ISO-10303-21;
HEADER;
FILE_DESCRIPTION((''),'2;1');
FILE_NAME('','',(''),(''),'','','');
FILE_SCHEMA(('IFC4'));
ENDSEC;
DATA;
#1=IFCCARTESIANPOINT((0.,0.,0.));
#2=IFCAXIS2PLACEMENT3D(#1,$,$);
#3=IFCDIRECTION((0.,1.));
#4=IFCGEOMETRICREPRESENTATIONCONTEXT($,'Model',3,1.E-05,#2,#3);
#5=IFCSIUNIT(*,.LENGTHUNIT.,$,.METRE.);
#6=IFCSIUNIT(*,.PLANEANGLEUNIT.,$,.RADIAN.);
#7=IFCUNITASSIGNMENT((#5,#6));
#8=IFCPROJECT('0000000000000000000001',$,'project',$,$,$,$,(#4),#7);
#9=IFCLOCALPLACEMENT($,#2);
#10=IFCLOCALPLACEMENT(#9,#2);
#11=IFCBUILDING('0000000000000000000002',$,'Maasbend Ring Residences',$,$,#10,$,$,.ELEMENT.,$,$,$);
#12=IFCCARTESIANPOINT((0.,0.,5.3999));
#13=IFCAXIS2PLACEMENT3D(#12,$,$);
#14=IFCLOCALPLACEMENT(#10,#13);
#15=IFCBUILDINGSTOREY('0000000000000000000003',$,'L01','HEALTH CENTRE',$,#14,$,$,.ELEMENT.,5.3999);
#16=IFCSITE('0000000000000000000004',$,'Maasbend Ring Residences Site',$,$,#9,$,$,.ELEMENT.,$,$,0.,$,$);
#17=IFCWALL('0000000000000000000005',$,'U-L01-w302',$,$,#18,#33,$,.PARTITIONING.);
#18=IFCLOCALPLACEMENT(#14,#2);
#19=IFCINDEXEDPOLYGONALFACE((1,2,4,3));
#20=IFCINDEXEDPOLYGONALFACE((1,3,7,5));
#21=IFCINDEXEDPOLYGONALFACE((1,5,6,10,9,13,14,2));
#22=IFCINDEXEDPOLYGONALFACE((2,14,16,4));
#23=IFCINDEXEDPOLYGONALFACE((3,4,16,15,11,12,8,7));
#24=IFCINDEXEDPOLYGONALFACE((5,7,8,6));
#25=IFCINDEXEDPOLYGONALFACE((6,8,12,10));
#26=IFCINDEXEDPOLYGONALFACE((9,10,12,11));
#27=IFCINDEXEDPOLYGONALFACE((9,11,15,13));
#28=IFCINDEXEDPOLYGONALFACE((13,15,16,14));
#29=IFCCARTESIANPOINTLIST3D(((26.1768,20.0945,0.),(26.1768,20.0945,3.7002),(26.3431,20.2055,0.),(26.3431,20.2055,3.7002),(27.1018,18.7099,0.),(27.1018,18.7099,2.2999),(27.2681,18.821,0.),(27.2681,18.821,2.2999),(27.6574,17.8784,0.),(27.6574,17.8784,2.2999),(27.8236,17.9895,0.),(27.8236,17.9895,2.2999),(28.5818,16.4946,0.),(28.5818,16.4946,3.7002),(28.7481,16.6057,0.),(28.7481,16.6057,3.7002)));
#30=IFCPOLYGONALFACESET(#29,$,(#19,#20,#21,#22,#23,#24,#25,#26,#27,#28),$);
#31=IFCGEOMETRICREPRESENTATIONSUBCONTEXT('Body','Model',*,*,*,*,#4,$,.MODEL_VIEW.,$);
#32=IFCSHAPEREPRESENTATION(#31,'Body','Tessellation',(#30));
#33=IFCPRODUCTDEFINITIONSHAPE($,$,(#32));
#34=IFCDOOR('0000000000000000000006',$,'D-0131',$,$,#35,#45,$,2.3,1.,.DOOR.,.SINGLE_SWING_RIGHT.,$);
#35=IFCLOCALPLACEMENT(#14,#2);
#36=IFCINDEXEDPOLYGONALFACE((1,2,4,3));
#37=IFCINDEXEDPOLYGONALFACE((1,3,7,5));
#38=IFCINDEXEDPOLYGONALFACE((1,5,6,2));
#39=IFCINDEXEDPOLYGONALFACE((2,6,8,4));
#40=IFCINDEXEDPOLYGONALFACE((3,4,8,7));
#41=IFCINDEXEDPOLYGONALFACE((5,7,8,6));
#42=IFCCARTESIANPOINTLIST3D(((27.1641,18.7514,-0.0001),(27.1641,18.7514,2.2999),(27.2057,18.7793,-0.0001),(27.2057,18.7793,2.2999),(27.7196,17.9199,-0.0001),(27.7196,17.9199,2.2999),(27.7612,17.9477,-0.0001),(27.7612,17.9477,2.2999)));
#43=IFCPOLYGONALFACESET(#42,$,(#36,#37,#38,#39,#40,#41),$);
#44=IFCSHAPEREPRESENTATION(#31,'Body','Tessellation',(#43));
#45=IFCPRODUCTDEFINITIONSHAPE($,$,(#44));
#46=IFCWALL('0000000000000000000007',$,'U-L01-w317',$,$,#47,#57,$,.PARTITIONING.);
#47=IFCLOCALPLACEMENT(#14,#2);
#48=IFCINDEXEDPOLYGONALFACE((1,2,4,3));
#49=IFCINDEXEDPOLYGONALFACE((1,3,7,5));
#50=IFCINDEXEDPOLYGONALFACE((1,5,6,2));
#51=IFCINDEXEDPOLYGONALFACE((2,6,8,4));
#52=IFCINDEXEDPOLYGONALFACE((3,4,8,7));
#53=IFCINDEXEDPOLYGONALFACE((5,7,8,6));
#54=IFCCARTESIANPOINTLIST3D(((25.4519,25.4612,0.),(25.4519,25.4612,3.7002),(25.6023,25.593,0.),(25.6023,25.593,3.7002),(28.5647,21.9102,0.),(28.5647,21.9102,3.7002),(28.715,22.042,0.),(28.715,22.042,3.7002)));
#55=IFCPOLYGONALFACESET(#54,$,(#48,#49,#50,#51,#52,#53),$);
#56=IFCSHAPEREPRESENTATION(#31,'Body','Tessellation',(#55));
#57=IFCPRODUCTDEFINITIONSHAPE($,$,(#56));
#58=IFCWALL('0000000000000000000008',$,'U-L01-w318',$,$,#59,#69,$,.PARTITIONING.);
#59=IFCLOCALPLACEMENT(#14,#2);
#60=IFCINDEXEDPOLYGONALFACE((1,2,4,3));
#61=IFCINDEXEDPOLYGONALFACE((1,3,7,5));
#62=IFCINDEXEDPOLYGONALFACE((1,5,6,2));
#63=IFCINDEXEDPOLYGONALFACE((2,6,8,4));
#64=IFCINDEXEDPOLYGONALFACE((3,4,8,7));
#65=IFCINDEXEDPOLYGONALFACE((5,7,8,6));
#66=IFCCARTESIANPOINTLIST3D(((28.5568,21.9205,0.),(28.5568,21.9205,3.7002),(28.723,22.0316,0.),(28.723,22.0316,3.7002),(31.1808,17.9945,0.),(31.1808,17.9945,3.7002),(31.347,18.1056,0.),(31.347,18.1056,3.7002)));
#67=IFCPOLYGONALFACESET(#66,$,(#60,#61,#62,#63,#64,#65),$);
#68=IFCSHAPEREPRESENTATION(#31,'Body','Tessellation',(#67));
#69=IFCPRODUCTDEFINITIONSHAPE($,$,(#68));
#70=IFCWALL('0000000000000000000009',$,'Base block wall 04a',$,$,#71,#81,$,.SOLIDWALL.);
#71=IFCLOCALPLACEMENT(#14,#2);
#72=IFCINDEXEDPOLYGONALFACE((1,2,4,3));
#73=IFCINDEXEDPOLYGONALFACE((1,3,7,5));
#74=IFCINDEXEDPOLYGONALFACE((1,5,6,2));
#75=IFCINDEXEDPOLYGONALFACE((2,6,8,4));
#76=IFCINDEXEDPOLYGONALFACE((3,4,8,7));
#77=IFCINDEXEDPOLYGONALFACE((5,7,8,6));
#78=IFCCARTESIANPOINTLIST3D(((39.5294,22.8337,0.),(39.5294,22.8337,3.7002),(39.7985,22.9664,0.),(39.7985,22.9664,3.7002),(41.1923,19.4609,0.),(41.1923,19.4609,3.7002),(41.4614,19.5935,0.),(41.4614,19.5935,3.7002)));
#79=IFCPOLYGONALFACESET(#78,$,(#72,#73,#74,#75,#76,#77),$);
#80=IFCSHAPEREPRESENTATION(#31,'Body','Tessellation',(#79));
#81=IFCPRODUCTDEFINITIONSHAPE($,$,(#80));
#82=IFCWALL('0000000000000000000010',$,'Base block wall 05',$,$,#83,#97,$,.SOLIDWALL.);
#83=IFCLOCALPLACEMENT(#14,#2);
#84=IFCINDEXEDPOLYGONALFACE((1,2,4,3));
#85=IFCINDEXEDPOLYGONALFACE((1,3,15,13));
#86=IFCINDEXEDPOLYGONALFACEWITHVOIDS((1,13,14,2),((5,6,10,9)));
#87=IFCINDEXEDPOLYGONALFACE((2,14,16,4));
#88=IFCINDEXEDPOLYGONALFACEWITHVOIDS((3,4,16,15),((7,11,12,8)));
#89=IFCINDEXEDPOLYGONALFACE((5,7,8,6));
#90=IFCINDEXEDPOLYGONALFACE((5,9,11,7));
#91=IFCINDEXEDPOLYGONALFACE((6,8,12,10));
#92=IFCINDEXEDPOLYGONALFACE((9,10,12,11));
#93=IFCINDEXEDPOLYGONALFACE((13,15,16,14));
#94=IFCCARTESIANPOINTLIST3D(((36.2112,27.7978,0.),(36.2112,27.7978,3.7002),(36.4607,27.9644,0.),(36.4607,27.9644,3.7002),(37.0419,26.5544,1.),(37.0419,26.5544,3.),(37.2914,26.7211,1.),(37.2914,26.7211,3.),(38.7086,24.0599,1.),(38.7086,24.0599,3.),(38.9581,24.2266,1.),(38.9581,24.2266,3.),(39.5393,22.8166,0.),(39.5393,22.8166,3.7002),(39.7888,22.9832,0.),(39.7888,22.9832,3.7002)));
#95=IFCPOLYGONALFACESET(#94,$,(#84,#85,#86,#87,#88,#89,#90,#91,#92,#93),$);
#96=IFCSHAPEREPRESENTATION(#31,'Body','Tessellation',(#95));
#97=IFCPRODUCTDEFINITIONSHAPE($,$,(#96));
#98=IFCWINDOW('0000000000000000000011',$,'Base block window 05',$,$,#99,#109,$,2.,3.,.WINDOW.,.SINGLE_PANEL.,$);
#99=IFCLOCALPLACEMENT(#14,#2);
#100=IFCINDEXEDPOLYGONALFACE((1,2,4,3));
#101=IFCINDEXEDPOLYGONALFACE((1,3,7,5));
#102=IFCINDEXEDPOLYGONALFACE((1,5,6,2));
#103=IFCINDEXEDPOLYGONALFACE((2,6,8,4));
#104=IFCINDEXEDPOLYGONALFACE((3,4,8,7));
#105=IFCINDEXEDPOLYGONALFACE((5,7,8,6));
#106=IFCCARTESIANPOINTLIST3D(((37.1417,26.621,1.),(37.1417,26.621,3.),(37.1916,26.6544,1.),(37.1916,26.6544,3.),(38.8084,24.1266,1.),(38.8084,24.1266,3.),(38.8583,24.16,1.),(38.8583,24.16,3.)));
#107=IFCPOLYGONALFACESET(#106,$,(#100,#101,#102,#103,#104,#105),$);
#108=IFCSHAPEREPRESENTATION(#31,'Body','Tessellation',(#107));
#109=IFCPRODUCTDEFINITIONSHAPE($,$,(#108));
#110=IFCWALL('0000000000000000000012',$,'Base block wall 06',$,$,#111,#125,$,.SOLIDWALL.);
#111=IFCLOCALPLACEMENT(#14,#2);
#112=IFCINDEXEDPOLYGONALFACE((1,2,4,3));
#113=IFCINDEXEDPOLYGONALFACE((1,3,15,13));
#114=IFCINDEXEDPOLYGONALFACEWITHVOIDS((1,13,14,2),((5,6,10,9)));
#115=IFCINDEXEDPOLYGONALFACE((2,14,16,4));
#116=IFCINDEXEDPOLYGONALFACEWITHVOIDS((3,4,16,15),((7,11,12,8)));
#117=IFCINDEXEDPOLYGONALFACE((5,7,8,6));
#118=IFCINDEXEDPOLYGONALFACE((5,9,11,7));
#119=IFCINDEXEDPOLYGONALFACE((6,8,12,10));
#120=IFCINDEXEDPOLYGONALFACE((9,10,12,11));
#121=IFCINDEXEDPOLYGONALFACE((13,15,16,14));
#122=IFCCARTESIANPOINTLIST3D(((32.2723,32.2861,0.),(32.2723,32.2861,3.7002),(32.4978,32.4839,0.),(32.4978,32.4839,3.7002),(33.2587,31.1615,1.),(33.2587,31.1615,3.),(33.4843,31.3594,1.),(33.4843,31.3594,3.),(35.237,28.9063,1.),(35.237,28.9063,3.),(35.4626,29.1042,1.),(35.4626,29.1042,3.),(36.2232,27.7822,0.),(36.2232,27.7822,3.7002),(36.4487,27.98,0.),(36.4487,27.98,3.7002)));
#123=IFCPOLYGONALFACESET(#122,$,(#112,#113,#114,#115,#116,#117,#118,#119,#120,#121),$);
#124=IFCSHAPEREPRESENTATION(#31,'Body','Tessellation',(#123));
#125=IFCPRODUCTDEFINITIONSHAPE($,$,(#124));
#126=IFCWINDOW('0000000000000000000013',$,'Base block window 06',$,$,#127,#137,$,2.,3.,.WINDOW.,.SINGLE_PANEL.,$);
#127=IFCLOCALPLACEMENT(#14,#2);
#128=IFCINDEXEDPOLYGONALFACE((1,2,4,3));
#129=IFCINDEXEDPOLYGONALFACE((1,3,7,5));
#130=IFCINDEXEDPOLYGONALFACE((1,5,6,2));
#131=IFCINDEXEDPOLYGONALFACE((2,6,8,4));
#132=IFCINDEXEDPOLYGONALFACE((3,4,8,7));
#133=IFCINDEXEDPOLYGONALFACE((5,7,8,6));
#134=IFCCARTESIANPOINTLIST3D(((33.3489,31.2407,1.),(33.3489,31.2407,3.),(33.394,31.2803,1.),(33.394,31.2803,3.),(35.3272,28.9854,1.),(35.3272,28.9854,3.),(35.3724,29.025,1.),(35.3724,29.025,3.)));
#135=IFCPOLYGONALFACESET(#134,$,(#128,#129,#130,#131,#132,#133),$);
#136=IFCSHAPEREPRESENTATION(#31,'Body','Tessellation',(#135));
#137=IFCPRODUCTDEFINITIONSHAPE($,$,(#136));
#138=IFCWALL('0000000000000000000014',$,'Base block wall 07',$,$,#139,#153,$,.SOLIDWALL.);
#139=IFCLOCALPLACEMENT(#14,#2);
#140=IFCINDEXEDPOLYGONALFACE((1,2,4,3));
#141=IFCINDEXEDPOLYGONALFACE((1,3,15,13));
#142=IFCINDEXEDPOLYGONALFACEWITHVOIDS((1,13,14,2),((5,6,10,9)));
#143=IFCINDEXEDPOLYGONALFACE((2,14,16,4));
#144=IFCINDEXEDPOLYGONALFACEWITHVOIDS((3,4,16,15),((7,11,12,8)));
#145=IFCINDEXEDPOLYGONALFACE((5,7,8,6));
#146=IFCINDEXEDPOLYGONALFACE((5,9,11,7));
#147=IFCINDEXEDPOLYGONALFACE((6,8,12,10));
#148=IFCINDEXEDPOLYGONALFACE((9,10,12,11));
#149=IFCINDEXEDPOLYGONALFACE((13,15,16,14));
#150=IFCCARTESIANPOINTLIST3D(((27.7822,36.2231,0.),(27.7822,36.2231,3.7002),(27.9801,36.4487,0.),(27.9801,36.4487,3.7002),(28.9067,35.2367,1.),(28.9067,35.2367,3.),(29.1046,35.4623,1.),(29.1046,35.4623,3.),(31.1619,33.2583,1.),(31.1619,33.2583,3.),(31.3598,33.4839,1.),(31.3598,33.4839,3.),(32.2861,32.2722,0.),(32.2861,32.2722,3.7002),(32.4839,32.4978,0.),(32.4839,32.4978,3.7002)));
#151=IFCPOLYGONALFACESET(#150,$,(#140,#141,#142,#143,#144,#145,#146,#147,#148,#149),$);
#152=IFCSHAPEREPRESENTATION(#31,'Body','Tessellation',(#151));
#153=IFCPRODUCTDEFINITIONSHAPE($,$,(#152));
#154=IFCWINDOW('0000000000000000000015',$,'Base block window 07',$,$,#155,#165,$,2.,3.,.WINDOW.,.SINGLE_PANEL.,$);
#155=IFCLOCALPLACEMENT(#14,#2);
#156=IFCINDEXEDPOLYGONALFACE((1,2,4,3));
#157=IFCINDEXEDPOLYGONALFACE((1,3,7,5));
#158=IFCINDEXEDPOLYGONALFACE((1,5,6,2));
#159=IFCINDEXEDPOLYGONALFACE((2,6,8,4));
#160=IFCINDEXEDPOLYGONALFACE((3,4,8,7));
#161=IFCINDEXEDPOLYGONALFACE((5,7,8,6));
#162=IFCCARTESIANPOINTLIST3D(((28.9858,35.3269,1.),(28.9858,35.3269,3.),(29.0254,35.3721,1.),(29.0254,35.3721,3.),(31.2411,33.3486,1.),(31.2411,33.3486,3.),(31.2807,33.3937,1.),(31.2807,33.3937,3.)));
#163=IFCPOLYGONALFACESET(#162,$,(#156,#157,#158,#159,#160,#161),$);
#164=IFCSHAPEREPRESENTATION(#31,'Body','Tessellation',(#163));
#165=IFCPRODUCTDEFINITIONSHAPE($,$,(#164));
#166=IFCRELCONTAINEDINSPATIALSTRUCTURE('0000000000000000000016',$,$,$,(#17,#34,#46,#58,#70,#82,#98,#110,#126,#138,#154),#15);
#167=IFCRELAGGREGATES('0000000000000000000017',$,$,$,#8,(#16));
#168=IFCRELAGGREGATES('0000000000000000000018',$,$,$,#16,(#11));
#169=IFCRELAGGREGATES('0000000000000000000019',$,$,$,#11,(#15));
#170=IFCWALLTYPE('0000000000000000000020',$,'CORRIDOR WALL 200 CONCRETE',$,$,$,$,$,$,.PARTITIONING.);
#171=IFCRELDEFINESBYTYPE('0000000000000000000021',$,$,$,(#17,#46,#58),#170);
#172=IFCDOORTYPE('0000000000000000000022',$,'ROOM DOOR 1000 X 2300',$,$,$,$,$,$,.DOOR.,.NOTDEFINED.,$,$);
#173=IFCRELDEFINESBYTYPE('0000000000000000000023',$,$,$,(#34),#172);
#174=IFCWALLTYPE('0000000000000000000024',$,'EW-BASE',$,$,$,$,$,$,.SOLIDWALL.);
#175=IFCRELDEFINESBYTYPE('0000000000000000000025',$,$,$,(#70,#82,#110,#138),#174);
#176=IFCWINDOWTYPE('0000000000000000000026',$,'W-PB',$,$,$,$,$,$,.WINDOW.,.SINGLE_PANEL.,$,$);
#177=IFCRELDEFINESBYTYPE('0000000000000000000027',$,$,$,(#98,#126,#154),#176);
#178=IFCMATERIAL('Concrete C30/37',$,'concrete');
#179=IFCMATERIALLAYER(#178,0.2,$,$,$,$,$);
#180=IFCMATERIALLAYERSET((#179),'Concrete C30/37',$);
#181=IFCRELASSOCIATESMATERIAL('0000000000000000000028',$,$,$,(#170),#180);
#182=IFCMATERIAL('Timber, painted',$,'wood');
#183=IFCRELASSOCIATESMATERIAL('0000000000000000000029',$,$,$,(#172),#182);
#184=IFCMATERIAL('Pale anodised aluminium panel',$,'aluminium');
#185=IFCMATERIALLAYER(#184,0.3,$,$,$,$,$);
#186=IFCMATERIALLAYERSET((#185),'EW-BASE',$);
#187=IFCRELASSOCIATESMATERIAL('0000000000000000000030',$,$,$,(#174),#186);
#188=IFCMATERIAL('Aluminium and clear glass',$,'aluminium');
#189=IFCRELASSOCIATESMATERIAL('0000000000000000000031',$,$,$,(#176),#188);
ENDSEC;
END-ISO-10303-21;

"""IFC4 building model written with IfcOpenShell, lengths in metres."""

from ifc_helpers import new_model, si_unit, direction, frame, frame_2d, origin, place, context, subcontext, project, spatial, rectangle, extrude, material, layer, layer_set, type_object, element, fill, save


model = new_model("IFC4")

# Units and contexts
model_context = context("Model", 3, precision=1e-05, world=origin(), true_north=direction((0.0, 1.0)))
body_context = subcontext(model_context, "Body", "Model", "MODEL_VIEW")
ifc_project = project(units=[si_unit("LENGTHUNIT", "METRE"), si_unit("PLANEANGLEUNIT", "RADIAN")], contexts=[model_context])

# Site, building, storey
site_placement = place(None, origin())
site = spatial("IfcSite", under=ifc_project, at=site_placement, Name="Maasbend Ring Residences Site", CompositionType="ELEMENT", RefElevation=0.0)
building_placement = place(site_placement, origin())
building = spatial("IfcBuilding", under=site, at=building_placement, Name="Maasbend Ring Residences", CompositionType="ELEMENT")
storey_placement = place(building_placement, frame((0.0, 0.0, 5.3999)))
storey = spatial("IfcBuildingStorey", under=building, at=storey_placement, Name="L01", Description="HEALTH CENTRE", CompositionType="ELEMENT", Elevation=5.3999)

# Shared definitions
ifc_material_1 = material(Name="Concrete C30/37", Category="concrete")
ifc_layer_1 = layer(ifc_material_1, 0.2)
ifc_layer_set_1 = layer_set([ifc_layer_1], Name="Concrete C30/37")
wall_type_1 = type_object("IfcWallType", Name="CORRIDOR WALL 200 CONCRETE", PredefinedType="PARTITIONING", material=ifc_layer_set_1)

# Wall, opening, door
ifc_material_2 = material(Name="Timber, painted", Category="wood")
door_type_1 = type_object("IfcDoorType", Name="ROOM DOOR 1000 X 2300", OperationType="NOTDEFINED", PredefinedType="DOOR", material=ifc_material_2)
wall_1_placement = place(storey_placement, frame((26.26, 20.1499, 0.0), z_axis=(0.0, 0.0, 1.0), x_axis=(0.55552, -0.831503, 0.0)))
wall_1 = element("IfcWall", 1, at=wall_1_placement, inside=storey, type_object=wall_type_1, Name="U-L01-w302", PredefinedType="PARTITIONING", context=body_context, shape_type="SweptSolid", body=[
    extrude(rectangle(XDim=4.3293, YDim=0.2, at=frame_2d((2.1646, 0.0))), origin(), (0.0, 0.0, 1.0), 3.7002),
])
opening_1_placement = place(wall_1_placement, frame((1.665, 0.0, 0.0)))
opening_1 = element("IfcOpeningElement", 2, at=opening_1_placement, cuts=wall_1, PredefinedType="OPENING", context=body_context, shape_type="SweptSolid", body=[
    extrude(rectangle(XDim=1.0, YDim=2.3, at=frame_2d((0.5, 1.1499))), frame((0.0, 0.1099, 0.0), z_axis=(0.0, -1.0, 0.0), x_axis=(1.0, 0.0, 0.0)), (0.0, 0.0, 1.0), 0.22),
])
door_1_placement = place(opening_1_placement, origin())
door_1 = element("IfcDoor", 3, at=door_1_placement, inside=storey, type_object=door_type_1, Name="D-0131", OperationType="SINGLE_SWING_RIGHT", OverallHeight=2.3, OverallWidth=1.0, PredefinedType="DOOR", context=body_context, shape_type="SweptSolid", body=[
    extrude(rectangle(XDim=1.0, YDim=2.3, at=frame_2d((0.5, 1.1499))), frame((0.0, 0.0249, 0.0), z_axis=(0.0, -1.0, 0.0), x_axis=(1.0, 0.0, 0.0)), (0.0, 0.0, 1.0), 0.05),
])
fill(opening_1, door_1)

# Walls
for number, where, z_axis, x_axis, name in (
    (4, (25.5271, 25.5271, 0.0), (0.0, 0.0, 1.0), (0.659181, -0.751984, 0.0), "U-L01-w317"),
    (5, (28.6399, 21.9761, 0.0), (0.0, 0.0, 1.0), (0.555678, -0.831397, 0.0), "U-L01-w318"),
):
    element("IfcWall", number, at=place(storey_placement, frame(where, z_axis=z_axis, x_axis=x_axis)), inside=storey, type_object=wall_type_1, Name=name, PredefinedType="PARTITIONING", context=body_context, shape_type="SweptSolid", body=[
        extrude(rectangle(XDim=4.7222, YDim=0.2, at=frame_2d((2.3611, 0.0))), origin(), (0.0, 0.0, 1.0), 3.7002),
    ])
ifc_material_3 = material(Name="Pale anodised aluminium panel", Category="aluminium")
ifc_layer_2 = layer(ifc_material_3, 0.3)
ifc_layer_set_2 = layer_set([ifc_layer_2], Name="EW-BASE")
wall_type_2 = type_object("IfcWallType", Name="EW-BASE", PredefinedType="SOLIDWALL", material=ifc_layer_set_2)
wall_2_placement = place(storey_placement, frame((41.3269, 19.5271, 0.0), z_axis=(0.0, 0.0, 1.0), x_axis=(-0.442194, 0.896919, 0.0)))
element("IfcWall", 6, at=wall_2_placement, inside=storey, type_object=wall_type_2, Name="Base block wall 04a", PredefinedType="SOLIDWALL", context=body_context, shape_type="SweptSolid", body=[
    extrude(rectangle(XDim=3.7605, YDim=0.3, at=frame_2d((1.8804, 0.0))), origin(), (0.0, 0.0, 1.0), 3.7002),
])

# Walls, openings, windows
wall_3_placement = place(storey_placement, frame((39.6641, 22.8999, 0.0), z_axis=(0.0, 0.0, 1.0), x_axis=(-0.555546, 0.831486, 0.0)))
wall_3 = element("IfcWall", 7, at=wall_3_placement, inside=storey, type_object=wall_type_2, Name="Base block wall 05", PredefinedType="SOLIDWALL", context=body_context, shape_type="SweptSolid", body=[
    extrude(rectangle(XDim=5.9907, YDim=0.3, at=frame_2d((2.9954, 0.0))), origin(), (0.0, 0.0, 1.0), 3.7002),
])
opening_2_placement = place(wall_3_placement, frame((1.4954, 0.0, 1.0)))
opening_2 = element("IfcOpeningElement", 8, at=opening_2_placement, cuts=wall_3, PredefinedType="OPENING", context=body_context, shape_type="SweptSolid", body=[
    extrude(rectangle(XDim=3.0, YDim=2.0, at=frame_2d((1.5, 1.0))), frame((0.0, 0.1602, 0.0), z_axis=(0.0, -1.0, 0.0), x_axis=(1.0, 0.0, 0.0)), (0.0, 0.0, 1.0), 0.3201),
])
ifc_material_4 = material(Name="Aluminium and clear glass", Category="aluminium")
window_type = type_object("IfcWindowType", Name="W-PB", PartitioningType="SINGLE_PANEL", PredefinedType="WINDOW", material=ifc_material_4)
window_1_placement = place(opening_2_placement, origin())
window_1 = element("IfcWindow", 9, at=window_1_placement, inside=storey, type_object=window_type, Name="Base block window 05", OverallHeight=2.0, OverallWidth=3.0, PartitioningType="SINGLE_PANEL", PredefinedType="WINDOW", context=body_context, shape_type="SweptSolid", body=[
    extrude(rectangle(XDim=3.0, YDim=2.0, at=frame_2d((1.5, 1.0))), frame((0.0, 0.03, 0.0), z_axis=(0.0, -1.0, 0.0), x_axis=(1.0, 0.0, 0.0)), (0.0, 0.0, 1.0), 0.0601),
])
fill(opening_2, window_1)
wall_4_placement = place(storey_placement, frame((36.3359, 27.8811, 0.0), z_axis=(0.0, 0.0, 1.0), x_axis=(-0.65945, 0.751748, 0.0)))
wall_4 = element("IfcWall", 10, at=wall_4_placement, inside=storey, type_object=wall_type_2, Name="Base block wall 06", PredefinedType="SOLIDWALL", context=body_context, shape_type="SweptSolid", body=[
    extrude(rectangle(XDim=5.9912, YDim=0.3, at=frame_2d((2.9956, 0.0))), origin(), (0.0, 0.0, 1.0), 3.7002),
])
opening_3_placement = place(wall_4_placement, frame((1.4954, 0.0, 1.0)))
opening_3 = element("IfcOpeningElement", 11, at=opening_3_placement, cuts=wall_4, PredefinedType="OPENING", context=body_context, shape_type="SweptSolid", body=[
    extrude(rectangle(XDim=3.0, YDim=2.0, at=frame_2d((1.5, 1.0))), frame((0.0, 0.1602, 0.0), z_axis=(0.0, -1.0, 0.0), x_axis=(1.0, 0.0, 0.0)), (0.0, 0.0, 1.0), 0.3201),
])
window_2_placement = place(opening_3_placement, origin())
window_2 = element("IfcWindow", 12, at=window_2_placement, inside=storey, type_object=window_type, Name="Base block window 06", OverallHeight=2.0, OverallWidth=3.0, PartitioningType="SINGLE_PANEL", PredefinedType="WINDOW", context=body_context, shape_type="SweptSolid", body=[
    extrude(rectangle(XDim=3.0, YDim=2.0, at=frame_2d((1.5, 1.0))), frame((0.0, 0.03, 0.0), z_axis=(0.0, -1.0, 0.0), x_axis=(1.0, 0.0, 0.0)), (0.0, 0.0, 1.0), 0.0601),
])
fill(opening_3, window_2)
wall_5_placement = place(storey_placement, frame((32.385, 32.385, 0.0), z_axis=(0.0, 0.0, 1.0), x_axis=(-0.751748, 0.65945, 0.0)))
wall_5 = element("IfcWall", 13, at=wall_5_placement, inside=storey, type_object=wall_type_2, Name="Base block wall 07", PredefinedType="SOLIDWALL", context=body_context, shape_type="SweptSolid", body=[
    extrude(rectangle(XDim=5.9912, YDim=0.3, at=frame_2d((2.9956, 0.0))), origin(), (0.0, 0.0, 1.0), 3.7002),
])
opening_4_placement = place(wall_5_placement, frame((1.4954, 0.0, 1.0)))
opening_4 = element("IfcOpeningElement", 14, at=opening_4_placement, cuts=wall_5, PredefinedType="OPENING", context=body_context, shape_type="SweptSolid", body=[
    extrude(rectangle(XDim=3.0, YDim=2.0, at=frame_2d((1.5, 1.0))), frame((0.0, 0.1602, 0.0), z_axis=(0.0, -1.0, 0.0), x_axis=(1.0, 0.0, 0.0)), (0.0, 0.0, 1.0), 0.3201),
])
window_3_placement = place(opening_4_placement, origin())
window_3 = element("IfcWindow", 15, at=window_3_placement, inside=storey, type_object=window_type, Name="Base block window 07", OverallHeight=2.0, OverallWidth=3.0, PartitioningType="SINGLE_PANEL", PredefinedType="WINDOW", context=body_context, shape_type="SweptSolid", body=[
    extrude(rectangle(XDim=3.0, YDim=2.0, at=frame_2d((1.5, 1.0))), frame((0.0, 0.03, 0.0), z_axis=(0.0, -1.0, 0.0), x_axis=(1.0, 0.0, 0.0)), (0.0, 0.0, 1.0), 0.0601),
])
fill(opening_4, window_3)

save(model, "model.ifc")
